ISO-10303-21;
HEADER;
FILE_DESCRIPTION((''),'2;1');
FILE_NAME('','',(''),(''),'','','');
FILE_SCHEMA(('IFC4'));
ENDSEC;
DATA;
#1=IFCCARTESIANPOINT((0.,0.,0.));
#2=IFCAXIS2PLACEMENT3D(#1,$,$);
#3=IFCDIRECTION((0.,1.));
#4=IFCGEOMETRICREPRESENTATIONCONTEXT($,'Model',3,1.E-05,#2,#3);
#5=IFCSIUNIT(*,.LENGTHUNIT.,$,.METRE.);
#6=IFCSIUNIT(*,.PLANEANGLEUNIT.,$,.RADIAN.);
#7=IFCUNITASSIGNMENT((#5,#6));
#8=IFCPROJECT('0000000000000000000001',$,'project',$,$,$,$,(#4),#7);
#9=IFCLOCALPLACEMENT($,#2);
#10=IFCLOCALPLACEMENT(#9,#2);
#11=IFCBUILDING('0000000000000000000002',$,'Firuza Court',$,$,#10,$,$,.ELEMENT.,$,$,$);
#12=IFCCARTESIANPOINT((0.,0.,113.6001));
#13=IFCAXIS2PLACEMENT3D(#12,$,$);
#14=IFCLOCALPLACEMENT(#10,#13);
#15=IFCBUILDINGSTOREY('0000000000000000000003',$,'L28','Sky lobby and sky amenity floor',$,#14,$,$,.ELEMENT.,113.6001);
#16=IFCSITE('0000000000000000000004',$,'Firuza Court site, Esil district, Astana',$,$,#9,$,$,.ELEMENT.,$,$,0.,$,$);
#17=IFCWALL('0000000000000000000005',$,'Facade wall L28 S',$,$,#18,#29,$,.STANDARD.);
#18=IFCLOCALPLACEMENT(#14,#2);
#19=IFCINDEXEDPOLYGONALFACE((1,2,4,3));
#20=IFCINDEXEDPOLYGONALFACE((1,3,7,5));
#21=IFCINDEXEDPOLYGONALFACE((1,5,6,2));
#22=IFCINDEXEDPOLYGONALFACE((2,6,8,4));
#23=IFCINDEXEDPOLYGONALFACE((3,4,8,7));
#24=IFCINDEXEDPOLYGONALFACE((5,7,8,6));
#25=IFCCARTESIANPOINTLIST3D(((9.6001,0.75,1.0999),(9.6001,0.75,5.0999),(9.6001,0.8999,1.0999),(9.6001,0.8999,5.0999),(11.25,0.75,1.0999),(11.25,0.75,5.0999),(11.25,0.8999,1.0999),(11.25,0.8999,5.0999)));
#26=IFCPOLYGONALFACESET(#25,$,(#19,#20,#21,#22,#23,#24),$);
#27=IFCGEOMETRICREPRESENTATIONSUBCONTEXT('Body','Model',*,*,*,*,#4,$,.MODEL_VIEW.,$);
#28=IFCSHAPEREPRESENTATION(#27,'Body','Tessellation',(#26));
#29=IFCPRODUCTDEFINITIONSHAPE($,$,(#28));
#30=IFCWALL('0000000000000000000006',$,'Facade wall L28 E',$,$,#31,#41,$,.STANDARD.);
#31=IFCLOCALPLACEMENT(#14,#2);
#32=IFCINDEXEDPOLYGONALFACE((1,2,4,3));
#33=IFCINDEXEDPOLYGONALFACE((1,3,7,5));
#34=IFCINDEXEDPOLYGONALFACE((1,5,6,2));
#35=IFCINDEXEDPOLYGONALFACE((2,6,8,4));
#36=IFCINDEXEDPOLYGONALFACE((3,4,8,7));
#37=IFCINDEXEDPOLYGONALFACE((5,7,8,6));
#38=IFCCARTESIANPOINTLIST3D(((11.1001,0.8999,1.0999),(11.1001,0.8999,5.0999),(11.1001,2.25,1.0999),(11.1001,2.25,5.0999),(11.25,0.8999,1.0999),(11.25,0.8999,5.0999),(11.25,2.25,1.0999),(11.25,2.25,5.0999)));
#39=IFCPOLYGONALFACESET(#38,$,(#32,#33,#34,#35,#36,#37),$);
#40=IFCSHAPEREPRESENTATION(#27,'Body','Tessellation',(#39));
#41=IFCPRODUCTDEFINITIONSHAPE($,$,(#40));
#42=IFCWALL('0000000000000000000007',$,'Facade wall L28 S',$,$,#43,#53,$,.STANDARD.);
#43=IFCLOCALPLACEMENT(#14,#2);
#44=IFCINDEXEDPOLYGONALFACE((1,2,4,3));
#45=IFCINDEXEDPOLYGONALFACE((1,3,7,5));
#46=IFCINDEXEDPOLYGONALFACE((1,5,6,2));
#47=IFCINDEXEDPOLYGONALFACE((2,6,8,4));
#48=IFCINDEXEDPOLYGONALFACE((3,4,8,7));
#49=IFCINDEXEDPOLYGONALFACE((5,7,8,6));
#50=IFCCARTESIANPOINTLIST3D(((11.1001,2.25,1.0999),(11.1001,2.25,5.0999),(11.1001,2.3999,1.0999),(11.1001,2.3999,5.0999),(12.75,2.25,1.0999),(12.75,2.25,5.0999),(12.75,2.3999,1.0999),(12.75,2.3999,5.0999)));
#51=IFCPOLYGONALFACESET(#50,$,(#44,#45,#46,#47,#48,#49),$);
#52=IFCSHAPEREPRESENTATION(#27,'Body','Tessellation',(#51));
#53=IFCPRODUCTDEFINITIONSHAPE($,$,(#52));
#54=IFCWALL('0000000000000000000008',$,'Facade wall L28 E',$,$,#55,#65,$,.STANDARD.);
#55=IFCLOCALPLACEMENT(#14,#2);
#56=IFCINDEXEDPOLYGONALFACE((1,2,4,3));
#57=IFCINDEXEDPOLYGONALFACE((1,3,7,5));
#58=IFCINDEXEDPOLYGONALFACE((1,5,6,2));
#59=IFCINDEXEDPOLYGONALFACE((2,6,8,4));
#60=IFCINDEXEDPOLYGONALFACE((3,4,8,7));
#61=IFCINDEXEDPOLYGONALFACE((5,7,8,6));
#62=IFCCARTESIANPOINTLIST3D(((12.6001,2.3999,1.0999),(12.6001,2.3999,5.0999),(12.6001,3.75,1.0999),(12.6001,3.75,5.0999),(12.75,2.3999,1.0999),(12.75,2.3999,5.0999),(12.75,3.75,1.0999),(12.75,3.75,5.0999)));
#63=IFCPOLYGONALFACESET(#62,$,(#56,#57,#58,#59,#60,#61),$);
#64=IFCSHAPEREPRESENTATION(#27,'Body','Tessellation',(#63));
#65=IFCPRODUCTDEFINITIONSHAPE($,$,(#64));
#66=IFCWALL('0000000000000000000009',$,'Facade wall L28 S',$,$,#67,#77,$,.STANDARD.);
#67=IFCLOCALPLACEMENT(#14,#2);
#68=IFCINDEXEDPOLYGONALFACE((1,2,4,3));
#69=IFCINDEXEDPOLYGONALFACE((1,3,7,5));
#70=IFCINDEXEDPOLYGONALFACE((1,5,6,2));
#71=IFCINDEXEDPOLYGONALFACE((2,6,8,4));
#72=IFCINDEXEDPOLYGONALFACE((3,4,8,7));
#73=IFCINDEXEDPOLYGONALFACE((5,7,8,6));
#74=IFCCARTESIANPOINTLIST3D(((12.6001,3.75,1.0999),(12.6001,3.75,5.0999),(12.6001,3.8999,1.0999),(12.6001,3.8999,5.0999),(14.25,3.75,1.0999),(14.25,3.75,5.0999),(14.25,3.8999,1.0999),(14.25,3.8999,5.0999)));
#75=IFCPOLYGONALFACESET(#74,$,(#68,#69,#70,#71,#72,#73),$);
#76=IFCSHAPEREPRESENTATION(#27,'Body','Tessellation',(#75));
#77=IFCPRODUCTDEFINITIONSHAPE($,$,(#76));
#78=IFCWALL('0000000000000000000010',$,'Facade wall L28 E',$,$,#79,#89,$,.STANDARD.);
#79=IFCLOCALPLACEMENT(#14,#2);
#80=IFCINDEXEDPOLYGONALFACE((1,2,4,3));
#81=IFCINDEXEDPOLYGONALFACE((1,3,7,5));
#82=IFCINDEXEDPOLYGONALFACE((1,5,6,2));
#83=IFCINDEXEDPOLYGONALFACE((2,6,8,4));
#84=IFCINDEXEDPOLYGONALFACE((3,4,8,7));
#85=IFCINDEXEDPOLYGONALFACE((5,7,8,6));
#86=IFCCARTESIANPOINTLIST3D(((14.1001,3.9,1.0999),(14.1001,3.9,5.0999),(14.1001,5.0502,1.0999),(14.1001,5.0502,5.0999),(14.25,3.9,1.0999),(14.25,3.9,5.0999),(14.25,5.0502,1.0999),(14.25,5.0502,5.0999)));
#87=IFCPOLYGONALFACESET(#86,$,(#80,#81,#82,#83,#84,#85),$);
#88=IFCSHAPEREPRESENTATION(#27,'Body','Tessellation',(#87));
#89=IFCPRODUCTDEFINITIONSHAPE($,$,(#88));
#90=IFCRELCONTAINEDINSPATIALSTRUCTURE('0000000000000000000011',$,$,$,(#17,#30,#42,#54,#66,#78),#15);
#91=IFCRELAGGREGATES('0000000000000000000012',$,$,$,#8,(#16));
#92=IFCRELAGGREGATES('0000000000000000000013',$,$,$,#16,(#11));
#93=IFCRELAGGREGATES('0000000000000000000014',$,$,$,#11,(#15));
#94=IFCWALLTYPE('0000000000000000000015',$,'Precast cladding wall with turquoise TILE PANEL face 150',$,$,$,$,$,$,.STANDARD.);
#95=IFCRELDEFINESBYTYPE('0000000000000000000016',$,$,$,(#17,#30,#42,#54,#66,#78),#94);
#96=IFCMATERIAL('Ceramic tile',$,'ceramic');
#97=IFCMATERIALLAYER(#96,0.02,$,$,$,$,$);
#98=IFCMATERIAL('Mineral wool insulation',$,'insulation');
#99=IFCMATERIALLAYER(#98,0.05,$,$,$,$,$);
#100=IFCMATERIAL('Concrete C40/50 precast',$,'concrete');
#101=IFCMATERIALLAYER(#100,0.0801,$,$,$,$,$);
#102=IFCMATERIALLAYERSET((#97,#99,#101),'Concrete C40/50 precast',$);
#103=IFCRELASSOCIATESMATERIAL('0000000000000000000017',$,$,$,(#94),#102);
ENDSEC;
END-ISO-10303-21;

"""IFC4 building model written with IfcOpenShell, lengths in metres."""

from ifc_helpers import new_model, si_unit, direction, frame, frame_2d, origin, place, context, subcontext, project, spatial, rectangle, extrude, material, layer, layer_set, type_object, element, save


model = new_model("IFC4")

# Units and contexts
model_context = context("Model", 3, precision=1e-05, world=origin(), true_north=direction((0.0, 1.0)))
body_context = subcontext(model_context, "Body", "Model", "MODEL_VIEW")
ifc_project = project(units=[si_unit("LENGTHUNIT", "METRE"), si_unit("PLANEANGLEUNIT", "RADIAN")], contexts=[model_context])

# Site, building, storey
site_placement = place(None, origin())
site = spatial("IfcSite", under=ifc_project, at=site_placement, Name="Firuza Court site, Esil district, Astana", CompositionType="ELEMENT", RefElevation=0.0)
building_placement = place(site_placement, origin())
building = spatial("IfcBuilding", under=site, at=building_placement, Name="Firuza Court", CompositionType="ELEMENT")
storey_placement = place(building_placement, frame((0.0, 0.0, 113.6001)))
storey = spatial("IfcBuildingStorey", under=building, at=storey_placement, Name="L28", Description="Sky lobby and sky amenity floor", CompositionType="ELEMENT", Elevation=113.6001)

# Walls
ifc_material_1 = material(Name="Ceramic tile", Category="ceramic")
ifc_layer_1 = layer(ifc_material_1, 0.02)
ifc_material_2 = material(Name="Mineral wool insulation", Category="insulation")
ifc_layer_2 = layer(ifc_material_2, 0.05)
ifc_material_3 = material(Name="Concrete C40/50 precast", Category="concrete")
ifc_layer_3 = layer(ifc_material_3, 0.0801)
ifc_layer_set_1 = layer_set([ifc_layer_1, ifc_layer_2, ifc_layer_3], Name="Concrete C40/50 precast")
wall_type_1 = type_object("IfcWallType", Name="Precast cladding wall with turquoise TILE PANEL face 150", PredefinedType="STANDARD", material=ifc_layer_set_1)
wall_1_placement = place(storey_placement, frame((9.6001, 0.825, 1.0999), z_axis=(0.0, 0.0, 1.0), x_axis=(1.0, 0.0, 0.0)))
element("IfcWall", 1, at=wall_1_placement, inside=storey, type_object=wall_type_1, Name="Facade wall L28 S", PredefinedType="STANDARD", context=body_context, shape_type="SweptSolid", body=[
    extrude(rectangle(XDim=1.6499, YDim=0.1499, at=frame_2d((0.825, 0.0))), origin(), (0.0, 0.0, 1.0), 4.0),
])
wall_2_placement = place(storey_placement, frame((11.175, 0.8999, 1.0999), z_axis=(0.0, 0.0, 1.0), x_axis=(0.0, 1.0, 0.0)))
element("IfcWall", 2, at=wall_2_placement, inside=storey, type_object=wall_type_1, Name="Facade wall L28 E", PredefinedType="STANDARD", context=body_context, shape_type="SweptSolid", body=[
    extrude(rectangle(XDim=1.3501, YDim=0.1499, at=frame_2d((0.675, 0.0))), origin(), (0.0, 0.0, 1.0), 4.0),
])
wall_3_placement = place(storey_placement, frame((11.1001, 2.325, 1.0999), z_axis=(0.0, 0.0, 1.0), x_axis=(1.0, 0.0, 0.0)))
element("IfcWall", 3, at=wall_3_placement, inside=storey, type_object=wall_type_1, Name="Facade wall L28 S", PredefinedType="STANDARD", context=body_context, shape_type="SweptSolid", body=[
    extrude(rectangle(XDim=1.6499, YDim=0.1499, at=frame_2d((0.825, 0.0))), origin(), (0.0, 0.0, 1.0), 4.0),
])
wall_4_placement = place(storey_placement, frame((12.675, 2.3999, 1.0999), z_axis=(0.0, 0.0, 1.0), x_axis=(0.0, 1.0, 0.0)))
element("IfcWall", 4, at=wall_4_placement, inside=storey, type_object=wall_type_1, Name="Facade wall L28 E", PredefinedType="STANDARD", context=body_context, shape_type="SweptSolid", body=[
    extrude(rectangle(XDim=1.3501, YDim=0.1499, at=frame_2d((0.675, 0.0))), origin(), (0.0, 0.0, 1.0), 4.0),
])
wall_5_placement = place(storey_placement, frame((12.6001, 3.825, 1.0999), z_axis=(0.0, 0.0, 1.0), x_axis=(1.0, 0.0, 0.0)))
element("IfcWall", 5, at=wall_5_placement, inside=storey, type_object=wall_type_1, Name="Facade wall L28 S", PredefinedType="STANDARD", context=body_context, shape_type="SweptSolid", body=[
    extrude(rectangle(XDim=1.6499, YDim=0.1499, at=frame_2d((0.825, 0.0))), origin(), (0.0, 0.0, 1.0), 4.0),
])
wall_6_placement = place(storey_placement, frame((14.175, 3.8999, 1.0999), z_axis=(0.0, 0.0, 1.0), x_axis=(0.0, 1.0, 0.0)))
element("IfcWall", 6, at=wall_6_placement, inside=storey, type_object=wall_type_1, Name="Facade wall L28 E", PredefinedType="STANDARD", context=body_context, shape_type="SweptSolid", body=[
    extrude(rectangle(XDim=1.1501, YDim=0.1499, at=frame_2d((0.5752, 0.0))), origin(), (0.0, 0.0, 1.0), 4.0),
])

save(model, "model.ifc")
